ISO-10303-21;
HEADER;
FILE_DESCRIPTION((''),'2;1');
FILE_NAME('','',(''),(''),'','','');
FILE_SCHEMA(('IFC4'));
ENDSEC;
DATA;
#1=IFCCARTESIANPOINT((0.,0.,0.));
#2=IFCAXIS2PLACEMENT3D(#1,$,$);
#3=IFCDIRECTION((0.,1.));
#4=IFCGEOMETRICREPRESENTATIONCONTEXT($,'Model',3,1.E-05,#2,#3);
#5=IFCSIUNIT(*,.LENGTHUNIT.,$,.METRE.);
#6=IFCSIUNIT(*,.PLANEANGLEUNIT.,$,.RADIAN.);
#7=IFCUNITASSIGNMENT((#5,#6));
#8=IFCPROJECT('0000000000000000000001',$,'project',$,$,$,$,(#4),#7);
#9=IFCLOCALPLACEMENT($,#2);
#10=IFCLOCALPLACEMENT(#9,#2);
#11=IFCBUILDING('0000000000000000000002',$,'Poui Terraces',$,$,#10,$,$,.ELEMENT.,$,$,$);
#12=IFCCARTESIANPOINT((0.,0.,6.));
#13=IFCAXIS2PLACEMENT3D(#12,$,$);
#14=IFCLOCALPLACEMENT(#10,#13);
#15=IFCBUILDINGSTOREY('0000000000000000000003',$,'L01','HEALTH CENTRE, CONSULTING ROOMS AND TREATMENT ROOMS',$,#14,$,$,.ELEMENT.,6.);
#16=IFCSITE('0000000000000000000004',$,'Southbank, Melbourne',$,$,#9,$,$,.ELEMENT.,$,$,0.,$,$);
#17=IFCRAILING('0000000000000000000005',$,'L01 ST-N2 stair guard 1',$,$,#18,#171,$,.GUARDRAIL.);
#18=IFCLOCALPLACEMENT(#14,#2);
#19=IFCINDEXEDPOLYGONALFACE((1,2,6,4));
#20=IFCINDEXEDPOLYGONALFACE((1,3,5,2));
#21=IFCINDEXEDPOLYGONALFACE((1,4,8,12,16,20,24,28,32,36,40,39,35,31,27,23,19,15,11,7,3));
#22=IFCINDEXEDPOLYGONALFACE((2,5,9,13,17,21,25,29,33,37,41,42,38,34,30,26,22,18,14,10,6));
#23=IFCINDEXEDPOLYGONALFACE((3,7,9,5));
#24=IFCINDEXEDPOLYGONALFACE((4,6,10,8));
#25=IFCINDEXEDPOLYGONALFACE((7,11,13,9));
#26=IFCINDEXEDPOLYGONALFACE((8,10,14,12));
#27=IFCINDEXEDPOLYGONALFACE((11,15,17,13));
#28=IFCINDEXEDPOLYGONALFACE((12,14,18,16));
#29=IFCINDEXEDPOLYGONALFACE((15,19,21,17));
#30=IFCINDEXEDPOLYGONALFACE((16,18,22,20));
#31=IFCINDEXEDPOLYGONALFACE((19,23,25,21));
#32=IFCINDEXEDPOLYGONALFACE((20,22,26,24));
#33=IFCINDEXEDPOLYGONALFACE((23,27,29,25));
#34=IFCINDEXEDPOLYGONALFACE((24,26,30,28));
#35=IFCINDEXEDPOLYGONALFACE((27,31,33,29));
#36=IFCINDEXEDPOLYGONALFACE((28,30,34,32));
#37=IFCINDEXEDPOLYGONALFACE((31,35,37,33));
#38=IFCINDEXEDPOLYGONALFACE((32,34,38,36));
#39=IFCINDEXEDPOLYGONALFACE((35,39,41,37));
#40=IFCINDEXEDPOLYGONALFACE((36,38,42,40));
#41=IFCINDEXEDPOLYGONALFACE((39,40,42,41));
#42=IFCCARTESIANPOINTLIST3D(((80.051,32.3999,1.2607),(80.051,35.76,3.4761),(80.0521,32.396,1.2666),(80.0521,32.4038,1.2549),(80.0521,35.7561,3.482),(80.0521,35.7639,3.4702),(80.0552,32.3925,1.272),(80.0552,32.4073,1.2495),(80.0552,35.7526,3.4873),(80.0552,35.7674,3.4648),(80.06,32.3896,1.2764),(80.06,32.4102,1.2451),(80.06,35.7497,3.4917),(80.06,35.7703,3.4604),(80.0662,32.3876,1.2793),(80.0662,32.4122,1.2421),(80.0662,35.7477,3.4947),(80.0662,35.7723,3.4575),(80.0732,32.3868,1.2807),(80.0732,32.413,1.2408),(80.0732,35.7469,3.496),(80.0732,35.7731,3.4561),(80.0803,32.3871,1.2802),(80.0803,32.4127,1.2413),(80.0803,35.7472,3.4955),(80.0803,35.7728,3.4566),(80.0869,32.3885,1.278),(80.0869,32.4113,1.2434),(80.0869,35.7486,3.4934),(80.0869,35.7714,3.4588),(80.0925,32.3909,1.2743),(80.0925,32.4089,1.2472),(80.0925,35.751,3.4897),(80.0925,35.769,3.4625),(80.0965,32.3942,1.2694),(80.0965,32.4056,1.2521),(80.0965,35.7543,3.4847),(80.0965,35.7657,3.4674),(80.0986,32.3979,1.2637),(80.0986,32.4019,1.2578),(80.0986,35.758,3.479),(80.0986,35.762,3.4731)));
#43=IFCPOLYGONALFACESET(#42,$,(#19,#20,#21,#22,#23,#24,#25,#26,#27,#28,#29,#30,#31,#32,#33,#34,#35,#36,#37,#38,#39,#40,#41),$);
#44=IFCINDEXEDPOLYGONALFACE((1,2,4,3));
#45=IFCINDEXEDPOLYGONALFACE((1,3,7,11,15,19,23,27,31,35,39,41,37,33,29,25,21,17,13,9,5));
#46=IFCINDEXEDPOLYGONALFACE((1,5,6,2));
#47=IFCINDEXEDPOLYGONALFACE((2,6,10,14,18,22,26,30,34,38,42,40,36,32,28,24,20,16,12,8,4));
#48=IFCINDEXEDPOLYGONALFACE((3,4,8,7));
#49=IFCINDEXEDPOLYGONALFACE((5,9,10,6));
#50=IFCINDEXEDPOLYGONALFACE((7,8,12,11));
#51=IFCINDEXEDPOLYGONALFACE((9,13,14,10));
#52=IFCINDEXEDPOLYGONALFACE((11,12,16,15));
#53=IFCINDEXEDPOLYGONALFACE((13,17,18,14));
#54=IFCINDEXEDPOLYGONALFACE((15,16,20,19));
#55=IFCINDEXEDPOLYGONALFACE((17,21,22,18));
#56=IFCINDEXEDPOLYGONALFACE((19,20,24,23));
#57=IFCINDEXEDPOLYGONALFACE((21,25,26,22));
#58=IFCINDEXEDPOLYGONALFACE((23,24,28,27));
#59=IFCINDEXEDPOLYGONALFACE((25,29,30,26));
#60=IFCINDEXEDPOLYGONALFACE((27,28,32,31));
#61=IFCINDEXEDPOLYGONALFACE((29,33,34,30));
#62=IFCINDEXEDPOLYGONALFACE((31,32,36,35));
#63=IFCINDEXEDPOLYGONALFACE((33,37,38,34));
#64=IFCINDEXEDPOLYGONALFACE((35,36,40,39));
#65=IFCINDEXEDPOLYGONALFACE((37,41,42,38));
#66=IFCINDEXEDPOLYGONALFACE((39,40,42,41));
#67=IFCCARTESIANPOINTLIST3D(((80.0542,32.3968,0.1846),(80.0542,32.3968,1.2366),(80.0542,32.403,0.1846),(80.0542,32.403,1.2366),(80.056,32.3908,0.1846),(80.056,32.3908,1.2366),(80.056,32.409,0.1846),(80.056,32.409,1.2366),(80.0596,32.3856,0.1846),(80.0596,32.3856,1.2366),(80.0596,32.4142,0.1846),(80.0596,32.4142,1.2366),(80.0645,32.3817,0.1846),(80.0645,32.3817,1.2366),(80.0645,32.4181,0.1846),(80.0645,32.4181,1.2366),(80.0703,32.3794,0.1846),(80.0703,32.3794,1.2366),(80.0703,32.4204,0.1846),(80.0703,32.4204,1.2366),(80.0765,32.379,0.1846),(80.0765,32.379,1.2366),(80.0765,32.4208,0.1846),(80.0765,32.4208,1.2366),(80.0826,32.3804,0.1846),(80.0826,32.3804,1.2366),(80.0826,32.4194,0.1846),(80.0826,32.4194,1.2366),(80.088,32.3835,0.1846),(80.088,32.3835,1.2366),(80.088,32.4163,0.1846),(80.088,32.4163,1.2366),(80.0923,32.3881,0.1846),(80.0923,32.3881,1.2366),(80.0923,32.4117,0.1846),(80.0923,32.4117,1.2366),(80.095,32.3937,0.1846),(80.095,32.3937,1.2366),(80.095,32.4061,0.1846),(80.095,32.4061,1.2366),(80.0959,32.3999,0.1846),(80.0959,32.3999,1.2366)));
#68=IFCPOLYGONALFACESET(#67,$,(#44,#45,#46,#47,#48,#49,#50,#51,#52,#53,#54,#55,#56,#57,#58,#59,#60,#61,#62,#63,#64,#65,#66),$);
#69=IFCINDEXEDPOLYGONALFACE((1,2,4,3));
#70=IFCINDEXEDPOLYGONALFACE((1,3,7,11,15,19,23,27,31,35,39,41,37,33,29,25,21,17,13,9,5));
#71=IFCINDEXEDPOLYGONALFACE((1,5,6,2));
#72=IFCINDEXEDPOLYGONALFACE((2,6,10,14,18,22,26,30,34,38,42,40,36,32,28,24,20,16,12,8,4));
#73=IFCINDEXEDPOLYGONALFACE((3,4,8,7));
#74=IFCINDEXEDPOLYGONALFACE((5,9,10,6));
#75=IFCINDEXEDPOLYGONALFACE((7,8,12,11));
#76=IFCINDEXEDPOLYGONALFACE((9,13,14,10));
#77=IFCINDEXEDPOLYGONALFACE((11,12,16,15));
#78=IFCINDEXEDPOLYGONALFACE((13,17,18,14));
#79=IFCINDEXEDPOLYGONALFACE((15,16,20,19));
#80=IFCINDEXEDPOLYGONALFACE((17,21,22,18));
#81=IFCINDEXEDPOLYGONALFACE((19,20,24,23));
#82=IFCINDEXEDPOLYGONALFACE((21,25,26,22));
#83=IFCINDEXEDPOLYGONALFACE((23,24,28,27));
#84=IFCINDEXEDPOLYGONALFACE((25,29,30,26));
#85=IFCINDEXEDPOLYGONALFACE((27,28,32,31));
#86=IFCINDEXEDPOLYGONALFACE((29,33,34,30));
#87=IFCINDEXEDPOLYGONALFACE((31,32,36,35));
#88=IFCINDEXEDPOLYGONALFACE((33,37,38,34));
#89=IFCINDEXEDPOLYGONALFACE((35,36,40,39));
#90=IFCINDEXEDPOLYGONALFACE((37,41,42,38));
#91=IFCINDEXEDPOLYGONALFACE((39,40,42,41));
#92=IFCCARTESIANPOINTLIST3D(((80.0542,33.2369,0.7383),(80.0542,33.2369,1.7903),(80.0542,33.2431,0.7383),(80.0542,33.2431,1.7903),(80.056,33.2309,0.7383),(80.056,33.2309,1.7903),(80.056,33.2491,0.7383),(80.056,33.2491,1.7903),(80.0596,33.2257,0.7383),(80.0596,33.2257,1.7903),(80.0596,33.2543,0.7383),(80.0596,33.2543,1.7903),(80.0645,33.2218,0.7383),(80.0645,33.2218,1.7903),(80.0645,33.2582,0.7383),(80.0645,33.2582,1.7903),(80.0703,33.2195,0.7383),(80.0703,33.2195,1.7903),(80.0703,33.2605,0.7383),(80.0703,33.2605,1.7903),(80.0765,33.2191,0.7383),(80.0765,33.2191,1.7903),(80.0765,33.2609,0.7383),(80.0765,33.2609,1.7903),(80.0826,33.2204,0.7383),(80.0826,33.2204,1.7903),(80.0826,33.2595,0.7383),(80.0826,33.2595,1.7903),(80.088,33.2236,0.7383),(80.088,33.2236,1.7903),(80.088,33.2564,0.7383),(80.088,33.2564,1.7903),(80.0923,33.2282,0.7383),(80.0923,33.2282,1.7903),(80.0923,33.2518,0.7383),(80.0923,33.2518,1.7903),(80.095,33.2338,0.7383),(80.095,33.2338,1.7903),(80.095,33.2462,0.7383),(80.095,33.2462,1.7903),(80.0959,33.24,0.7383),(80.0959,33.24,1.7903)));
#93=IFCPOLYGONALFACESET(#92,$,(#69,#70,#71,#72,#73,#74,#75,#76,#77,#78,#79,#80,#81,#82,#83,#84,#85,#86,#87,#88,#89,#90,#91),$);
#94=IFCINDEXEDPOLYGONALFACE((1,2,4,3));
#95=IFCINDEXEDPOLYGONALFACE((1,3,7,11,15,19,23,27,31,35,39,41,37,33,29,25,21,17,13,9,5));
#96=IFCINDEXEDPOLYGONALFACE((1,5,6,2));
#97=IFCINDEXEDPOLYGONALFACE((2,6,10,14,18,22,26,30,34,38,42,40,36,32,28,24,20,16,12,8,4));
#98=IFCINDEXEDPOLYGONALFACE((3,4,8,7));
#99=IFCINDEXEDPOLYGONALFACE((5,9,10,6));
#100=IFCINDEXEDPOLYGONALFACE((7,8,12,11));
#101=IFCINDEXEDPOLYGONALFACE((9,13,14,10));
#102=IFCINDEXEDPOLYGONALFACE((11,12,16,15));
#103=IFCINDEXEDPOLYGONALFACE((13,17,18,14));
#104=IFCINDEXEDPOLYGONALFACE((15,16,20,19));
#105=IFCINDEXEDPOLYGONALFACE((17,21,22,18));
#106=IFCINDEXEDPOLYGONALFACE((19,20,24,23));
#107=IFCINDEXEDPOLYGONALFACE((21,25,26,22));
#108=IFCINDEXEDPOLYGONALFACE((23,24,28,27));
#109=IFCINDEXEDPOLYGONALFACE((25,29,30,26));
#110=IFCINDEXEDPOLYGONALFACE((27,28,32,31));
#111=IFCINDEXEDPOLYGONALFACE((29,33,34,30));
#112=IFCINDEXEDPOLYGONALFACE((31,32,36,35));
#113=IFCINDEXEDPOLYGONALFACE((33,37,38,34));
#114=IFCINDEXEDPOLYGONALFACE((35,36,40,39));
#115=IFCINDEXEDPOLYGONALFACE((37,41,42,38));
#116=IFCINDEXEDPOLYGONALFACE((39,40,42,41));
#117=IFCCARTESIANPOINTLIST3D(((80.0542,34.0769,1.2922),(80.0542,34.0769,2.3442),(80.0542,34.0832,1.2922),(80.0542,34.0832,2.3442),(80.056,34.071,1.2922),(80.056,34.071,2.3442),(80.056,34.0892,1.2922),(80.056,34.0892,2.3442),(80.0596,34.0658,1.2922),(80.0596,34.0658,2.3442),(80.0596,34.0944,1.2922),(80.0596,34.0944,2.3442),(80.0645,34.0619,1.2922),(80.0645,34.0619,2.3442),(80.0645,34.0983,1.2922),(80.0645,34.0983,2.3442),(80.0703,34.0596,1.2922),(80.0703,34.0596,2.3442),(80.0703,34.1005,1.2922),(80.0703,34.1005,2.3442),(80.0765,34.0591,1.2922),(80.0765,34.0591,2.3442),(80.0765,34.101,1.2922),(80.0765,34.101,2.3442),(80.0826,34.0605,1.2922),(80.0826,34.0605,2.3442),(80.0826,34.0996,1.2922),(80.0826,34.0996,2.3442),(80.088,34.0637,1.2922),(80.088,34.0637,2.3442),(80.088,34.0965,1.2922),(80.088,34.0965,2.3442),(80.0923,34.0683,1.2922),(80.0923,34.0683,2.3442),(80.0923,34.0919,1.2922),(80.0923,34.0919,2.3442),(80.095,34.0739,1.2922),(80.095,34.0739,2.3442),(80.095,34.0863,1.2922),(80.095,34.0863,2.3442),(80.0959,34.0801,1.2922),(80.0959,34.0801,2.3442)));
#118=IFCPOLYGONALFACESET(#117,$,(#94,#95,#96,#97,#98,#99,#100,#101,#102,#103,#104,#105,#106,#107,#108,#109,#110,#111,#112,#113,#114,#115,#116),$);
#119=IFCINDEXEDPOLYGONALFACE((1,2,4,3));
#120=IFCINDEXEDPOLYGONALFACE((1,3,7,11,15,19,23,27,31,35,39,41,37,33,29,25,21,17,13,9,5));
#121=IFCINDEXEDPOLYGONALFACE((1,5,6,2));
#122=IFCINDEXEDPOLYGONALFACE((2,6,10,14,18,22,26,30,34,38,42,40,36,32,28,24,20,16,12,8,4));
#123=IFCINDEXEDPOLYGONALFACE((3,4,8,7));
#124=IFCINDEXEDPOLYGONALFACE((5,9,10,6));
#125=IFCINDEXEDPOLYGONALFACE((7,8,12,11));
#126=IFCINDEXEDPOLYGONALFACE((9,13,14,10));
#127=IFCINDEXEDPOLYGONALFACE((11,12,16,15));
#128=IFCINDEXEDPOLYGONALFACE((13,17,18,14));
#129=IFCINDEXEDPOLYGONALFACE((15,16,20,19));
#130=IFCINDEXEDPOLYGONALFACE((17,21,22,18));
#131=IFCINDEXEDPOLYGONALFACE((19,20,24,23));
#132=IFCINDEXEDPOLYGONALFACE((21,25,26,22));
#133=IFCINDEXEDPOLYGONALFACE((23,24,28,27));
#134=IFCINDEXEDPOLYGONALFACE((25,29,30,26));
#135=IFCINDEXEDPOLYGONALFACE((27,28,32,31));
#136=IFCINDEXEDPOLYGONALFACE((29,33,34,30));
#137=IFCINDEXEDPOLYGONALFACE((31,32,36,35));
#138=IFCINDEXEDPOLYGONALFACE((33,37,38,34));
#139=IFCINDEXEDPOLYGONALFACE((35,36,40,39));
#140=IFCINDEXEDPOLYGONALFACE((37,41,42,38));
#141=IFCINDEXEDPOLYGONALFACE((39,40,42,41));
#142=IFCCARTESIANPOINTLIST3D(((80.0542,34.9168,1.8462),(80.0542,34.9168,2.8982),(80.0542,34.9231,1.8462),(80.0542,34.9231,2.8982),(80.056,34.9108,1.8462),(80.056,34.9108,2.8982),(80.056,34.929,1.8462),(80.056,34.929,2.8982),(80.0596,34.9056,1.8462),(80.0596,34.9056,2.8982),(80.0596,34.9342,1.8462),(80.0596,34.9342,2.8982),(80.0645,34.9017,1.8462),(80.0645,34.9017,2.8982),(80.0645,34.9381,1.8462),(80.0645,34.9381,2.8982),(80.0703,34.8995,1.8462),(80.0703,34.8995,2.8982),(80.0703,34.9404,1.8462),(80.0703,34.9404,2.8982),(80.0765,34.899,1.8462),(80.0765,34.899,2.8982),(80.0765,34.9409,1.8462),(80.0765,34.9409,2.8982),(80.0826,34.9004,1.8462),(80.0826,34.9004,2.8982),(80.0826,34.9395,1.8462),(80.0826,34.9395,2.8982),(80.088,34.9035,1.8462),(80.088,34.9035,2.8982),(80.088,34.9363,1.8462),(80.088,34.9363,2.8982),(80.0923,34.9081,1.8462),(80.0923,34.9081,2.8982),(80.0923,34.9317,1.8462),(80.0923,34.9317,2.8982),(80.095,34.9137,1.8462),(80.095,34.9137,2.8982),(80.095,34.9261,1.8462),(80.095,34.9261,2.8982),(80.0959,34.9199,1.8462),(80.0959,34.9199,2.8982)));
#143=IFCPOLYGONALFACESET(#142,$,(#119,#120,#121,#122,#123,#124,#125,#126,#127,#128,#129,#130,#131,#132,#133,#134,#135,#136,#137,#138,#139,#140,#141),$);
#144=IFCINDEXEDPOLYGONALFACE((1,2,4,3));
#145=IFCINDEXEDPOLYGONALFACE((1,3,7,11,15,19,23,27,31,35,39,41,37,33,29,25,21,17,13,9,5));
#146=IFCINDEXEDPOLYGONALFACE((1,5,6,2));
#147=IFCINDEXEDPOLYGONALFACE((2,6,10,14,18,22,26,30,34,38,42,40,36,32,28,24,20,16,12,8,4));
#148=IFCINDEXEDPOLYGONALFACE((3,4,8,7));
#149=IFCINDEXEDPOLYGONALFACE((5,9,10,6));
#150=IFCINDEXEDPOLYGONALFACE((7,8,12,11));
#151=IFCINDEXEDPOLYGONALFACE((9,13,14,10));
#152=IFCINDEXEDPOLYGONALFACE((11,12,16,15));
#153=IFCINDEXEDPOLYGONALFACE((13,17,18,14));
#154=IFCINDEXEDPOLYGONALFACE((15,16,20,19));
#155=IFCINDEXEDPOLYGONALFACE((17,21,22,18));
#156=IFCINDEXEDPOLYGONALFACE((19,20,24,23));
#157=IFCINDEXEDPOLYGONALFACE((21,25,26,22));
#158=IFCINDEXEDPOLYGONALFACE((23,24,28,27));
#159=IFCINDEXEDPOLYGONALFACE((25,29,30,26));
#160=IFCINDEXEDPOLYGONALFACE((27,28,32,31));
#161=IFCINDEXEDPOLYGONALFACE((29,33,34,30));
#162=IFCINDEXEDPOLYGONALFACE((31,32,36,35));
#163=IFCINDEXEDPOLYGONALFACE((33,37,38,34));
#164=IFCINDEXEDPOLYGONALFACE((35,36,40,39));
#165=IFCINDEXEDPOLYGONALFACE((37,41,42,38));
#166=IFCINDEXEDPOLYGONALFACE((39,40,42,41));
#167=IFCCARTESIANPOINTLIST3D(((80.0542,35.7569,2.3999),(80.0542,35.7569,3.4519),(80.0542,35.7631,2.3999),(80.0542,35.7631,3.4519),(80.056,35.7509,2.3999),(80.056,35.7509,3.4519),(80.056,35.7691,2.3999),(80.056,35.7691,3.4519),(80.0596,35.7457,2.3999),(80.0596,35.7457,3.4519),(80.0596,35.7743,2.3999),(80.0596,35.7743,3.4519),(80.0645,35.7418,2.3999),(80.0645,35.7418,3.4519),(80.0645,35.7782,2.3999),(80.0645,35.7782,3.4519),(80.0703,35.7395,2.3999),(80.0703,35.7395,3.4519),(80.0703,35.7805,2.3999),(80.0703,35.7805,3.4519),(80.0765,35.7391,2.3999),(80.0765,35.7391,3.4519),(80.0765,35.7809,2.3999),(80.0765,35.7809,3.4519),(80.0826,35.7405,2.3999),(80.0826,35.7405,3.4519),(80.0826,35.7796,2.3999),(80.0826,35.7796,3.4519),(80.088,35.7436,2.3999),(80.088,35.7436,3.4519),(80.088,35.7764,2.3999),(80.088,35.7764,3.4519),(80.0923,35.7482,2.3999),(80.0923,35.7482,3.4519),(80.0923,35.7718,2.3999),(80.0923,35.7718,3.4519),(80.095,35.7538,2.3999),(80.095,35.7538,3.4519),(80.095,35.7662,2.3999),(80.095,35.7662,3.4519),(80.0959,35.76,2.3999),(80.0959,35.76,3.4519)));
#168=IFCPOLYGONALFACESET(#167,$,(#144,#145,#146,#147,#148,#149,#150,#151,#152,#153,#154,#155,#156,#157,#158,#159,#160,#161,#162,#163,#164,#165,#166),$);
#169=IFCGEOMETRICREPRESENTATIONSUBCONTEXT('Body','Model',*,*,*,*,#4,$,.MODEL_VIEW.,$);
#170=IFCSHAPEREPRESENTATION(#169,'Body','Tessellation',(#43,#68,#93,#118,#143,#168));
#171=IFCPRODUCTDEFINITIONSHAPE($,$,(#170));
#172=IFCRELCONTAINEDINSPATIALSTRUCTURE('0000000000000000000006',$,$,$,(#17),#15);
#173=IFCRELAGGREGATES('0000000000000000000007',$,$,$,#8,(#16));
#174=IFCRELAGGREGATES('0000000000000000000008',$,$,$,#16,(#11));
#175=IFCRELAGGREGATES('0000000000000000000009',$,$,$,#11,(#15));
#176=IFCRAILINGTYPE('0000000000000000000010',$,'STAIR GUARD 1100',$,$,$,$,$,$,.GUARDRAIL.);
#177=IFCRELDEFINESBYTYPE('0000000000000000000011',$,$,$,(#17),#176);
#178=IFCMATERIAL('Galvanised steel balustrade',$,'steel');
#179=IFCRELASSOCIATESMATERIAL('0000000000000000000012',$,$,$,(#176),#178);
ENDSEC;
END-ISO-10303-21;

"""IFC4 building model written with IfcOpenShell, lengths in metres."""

from ifc_helpers import new_model, si_unit, direction, frame, origin, origin_2d, place, context, subcontext, project, spatial, circle, extrude, material, type_object, element, save


model = new_model("IFC4")

# Units and contexts
model_context = context("Model", 3, precision=1e-05, world=origin(), true_north=direction((0.0, 1.0)))
body_context = subcontext(model_context, "Body", "Model", "MODEL_VIEW")
ifc_project = project(units=[si_unit("LENGTHUNIT", "METRE"), si_unit("PLANEANGLEUNIT", "RADIAN")], contexts=[model_context])

# Site, building, storey
site_placement = place(None, origin())
site = spatial("IfcSite", under=ifc_project, at=site_placement, Name="Southbank, Melbourne", CompositionType="ELEMENT", RefElevation=0.0)
building_placement = place(site_placement, origin())
building = spatial("IfcBuilding", under=site, at=building_placement, Name="Poui Terraces", CompositionType="ELEMENT")
storey_placement = place(building_placement, frame((0.0, 0.0, 6.0)))
storey = spatial("IfcBuildingStorey", under=building, at=storey_placement, Name="L01", Description="HEALTH CENTRE, CONSULTING ROOMS AND TREATMENT ROOMS", CompositionType="ELEMENT", Elevation=6.0)

# Railing
ifc_material_1 = material(Name="Galvanised steel balustrade", Category="steel")
railing_type_1 = type_object("IfcRailingType", Name="STAIR GUARD 1100", PredefinedType="GUARDRAIL", material=ifc_material_1)
railing_1_placement = place(storey_placement, frame((80.075, 32.3999, 0.1846)))
element("IfcRailing", 1, at=railing_1_placement, inside=storey, type_object=railing_type_1, Name="L01 ST-N2 stair guard 1", PredefinedType="GUARDRAIL", context=body_context, shape_type="SweptSolid", body=[
    extrude(circle(Radius=0.0239, at=origin_2d()), frame((0.0, 0.0, 1.0762), z_axis=(0.0, 0.834876, 0.550437), x_axis=(-1.0, 0.0, 0.0)), (0.0, 0.0, 1.0), 4.0247),
    extrude(circle(Radius=0.021, at=origin_2d()), origin(), (0.0, 0.0, 1.0), 1.052),
    extrude(circle(Radius=0.021, at=origin_2d()), frame((0.0, 0.8401, 0.5537)), (0.0, 0.0, 1.0), 1.052),
    extrude(circle(Radius=0.021, at=origin_2d()), frame((0.0, 1.6802, 1.1077)), (0.0, 0.0, 1.0), 1.052),
    extrude(circle(Radius=0.021, at=origin_2d()), frame((0.0, 2.52, 1.6616)), (0.0, 0.0, 1.0), 1.052),
    extrude(circle(Radius=0.021, at=origin_2d()), frame((0.0, 3.3601, 2.2153)), (0.0, 0.0, 1.0), 1.052),
])

save(model, "model.ifc")
